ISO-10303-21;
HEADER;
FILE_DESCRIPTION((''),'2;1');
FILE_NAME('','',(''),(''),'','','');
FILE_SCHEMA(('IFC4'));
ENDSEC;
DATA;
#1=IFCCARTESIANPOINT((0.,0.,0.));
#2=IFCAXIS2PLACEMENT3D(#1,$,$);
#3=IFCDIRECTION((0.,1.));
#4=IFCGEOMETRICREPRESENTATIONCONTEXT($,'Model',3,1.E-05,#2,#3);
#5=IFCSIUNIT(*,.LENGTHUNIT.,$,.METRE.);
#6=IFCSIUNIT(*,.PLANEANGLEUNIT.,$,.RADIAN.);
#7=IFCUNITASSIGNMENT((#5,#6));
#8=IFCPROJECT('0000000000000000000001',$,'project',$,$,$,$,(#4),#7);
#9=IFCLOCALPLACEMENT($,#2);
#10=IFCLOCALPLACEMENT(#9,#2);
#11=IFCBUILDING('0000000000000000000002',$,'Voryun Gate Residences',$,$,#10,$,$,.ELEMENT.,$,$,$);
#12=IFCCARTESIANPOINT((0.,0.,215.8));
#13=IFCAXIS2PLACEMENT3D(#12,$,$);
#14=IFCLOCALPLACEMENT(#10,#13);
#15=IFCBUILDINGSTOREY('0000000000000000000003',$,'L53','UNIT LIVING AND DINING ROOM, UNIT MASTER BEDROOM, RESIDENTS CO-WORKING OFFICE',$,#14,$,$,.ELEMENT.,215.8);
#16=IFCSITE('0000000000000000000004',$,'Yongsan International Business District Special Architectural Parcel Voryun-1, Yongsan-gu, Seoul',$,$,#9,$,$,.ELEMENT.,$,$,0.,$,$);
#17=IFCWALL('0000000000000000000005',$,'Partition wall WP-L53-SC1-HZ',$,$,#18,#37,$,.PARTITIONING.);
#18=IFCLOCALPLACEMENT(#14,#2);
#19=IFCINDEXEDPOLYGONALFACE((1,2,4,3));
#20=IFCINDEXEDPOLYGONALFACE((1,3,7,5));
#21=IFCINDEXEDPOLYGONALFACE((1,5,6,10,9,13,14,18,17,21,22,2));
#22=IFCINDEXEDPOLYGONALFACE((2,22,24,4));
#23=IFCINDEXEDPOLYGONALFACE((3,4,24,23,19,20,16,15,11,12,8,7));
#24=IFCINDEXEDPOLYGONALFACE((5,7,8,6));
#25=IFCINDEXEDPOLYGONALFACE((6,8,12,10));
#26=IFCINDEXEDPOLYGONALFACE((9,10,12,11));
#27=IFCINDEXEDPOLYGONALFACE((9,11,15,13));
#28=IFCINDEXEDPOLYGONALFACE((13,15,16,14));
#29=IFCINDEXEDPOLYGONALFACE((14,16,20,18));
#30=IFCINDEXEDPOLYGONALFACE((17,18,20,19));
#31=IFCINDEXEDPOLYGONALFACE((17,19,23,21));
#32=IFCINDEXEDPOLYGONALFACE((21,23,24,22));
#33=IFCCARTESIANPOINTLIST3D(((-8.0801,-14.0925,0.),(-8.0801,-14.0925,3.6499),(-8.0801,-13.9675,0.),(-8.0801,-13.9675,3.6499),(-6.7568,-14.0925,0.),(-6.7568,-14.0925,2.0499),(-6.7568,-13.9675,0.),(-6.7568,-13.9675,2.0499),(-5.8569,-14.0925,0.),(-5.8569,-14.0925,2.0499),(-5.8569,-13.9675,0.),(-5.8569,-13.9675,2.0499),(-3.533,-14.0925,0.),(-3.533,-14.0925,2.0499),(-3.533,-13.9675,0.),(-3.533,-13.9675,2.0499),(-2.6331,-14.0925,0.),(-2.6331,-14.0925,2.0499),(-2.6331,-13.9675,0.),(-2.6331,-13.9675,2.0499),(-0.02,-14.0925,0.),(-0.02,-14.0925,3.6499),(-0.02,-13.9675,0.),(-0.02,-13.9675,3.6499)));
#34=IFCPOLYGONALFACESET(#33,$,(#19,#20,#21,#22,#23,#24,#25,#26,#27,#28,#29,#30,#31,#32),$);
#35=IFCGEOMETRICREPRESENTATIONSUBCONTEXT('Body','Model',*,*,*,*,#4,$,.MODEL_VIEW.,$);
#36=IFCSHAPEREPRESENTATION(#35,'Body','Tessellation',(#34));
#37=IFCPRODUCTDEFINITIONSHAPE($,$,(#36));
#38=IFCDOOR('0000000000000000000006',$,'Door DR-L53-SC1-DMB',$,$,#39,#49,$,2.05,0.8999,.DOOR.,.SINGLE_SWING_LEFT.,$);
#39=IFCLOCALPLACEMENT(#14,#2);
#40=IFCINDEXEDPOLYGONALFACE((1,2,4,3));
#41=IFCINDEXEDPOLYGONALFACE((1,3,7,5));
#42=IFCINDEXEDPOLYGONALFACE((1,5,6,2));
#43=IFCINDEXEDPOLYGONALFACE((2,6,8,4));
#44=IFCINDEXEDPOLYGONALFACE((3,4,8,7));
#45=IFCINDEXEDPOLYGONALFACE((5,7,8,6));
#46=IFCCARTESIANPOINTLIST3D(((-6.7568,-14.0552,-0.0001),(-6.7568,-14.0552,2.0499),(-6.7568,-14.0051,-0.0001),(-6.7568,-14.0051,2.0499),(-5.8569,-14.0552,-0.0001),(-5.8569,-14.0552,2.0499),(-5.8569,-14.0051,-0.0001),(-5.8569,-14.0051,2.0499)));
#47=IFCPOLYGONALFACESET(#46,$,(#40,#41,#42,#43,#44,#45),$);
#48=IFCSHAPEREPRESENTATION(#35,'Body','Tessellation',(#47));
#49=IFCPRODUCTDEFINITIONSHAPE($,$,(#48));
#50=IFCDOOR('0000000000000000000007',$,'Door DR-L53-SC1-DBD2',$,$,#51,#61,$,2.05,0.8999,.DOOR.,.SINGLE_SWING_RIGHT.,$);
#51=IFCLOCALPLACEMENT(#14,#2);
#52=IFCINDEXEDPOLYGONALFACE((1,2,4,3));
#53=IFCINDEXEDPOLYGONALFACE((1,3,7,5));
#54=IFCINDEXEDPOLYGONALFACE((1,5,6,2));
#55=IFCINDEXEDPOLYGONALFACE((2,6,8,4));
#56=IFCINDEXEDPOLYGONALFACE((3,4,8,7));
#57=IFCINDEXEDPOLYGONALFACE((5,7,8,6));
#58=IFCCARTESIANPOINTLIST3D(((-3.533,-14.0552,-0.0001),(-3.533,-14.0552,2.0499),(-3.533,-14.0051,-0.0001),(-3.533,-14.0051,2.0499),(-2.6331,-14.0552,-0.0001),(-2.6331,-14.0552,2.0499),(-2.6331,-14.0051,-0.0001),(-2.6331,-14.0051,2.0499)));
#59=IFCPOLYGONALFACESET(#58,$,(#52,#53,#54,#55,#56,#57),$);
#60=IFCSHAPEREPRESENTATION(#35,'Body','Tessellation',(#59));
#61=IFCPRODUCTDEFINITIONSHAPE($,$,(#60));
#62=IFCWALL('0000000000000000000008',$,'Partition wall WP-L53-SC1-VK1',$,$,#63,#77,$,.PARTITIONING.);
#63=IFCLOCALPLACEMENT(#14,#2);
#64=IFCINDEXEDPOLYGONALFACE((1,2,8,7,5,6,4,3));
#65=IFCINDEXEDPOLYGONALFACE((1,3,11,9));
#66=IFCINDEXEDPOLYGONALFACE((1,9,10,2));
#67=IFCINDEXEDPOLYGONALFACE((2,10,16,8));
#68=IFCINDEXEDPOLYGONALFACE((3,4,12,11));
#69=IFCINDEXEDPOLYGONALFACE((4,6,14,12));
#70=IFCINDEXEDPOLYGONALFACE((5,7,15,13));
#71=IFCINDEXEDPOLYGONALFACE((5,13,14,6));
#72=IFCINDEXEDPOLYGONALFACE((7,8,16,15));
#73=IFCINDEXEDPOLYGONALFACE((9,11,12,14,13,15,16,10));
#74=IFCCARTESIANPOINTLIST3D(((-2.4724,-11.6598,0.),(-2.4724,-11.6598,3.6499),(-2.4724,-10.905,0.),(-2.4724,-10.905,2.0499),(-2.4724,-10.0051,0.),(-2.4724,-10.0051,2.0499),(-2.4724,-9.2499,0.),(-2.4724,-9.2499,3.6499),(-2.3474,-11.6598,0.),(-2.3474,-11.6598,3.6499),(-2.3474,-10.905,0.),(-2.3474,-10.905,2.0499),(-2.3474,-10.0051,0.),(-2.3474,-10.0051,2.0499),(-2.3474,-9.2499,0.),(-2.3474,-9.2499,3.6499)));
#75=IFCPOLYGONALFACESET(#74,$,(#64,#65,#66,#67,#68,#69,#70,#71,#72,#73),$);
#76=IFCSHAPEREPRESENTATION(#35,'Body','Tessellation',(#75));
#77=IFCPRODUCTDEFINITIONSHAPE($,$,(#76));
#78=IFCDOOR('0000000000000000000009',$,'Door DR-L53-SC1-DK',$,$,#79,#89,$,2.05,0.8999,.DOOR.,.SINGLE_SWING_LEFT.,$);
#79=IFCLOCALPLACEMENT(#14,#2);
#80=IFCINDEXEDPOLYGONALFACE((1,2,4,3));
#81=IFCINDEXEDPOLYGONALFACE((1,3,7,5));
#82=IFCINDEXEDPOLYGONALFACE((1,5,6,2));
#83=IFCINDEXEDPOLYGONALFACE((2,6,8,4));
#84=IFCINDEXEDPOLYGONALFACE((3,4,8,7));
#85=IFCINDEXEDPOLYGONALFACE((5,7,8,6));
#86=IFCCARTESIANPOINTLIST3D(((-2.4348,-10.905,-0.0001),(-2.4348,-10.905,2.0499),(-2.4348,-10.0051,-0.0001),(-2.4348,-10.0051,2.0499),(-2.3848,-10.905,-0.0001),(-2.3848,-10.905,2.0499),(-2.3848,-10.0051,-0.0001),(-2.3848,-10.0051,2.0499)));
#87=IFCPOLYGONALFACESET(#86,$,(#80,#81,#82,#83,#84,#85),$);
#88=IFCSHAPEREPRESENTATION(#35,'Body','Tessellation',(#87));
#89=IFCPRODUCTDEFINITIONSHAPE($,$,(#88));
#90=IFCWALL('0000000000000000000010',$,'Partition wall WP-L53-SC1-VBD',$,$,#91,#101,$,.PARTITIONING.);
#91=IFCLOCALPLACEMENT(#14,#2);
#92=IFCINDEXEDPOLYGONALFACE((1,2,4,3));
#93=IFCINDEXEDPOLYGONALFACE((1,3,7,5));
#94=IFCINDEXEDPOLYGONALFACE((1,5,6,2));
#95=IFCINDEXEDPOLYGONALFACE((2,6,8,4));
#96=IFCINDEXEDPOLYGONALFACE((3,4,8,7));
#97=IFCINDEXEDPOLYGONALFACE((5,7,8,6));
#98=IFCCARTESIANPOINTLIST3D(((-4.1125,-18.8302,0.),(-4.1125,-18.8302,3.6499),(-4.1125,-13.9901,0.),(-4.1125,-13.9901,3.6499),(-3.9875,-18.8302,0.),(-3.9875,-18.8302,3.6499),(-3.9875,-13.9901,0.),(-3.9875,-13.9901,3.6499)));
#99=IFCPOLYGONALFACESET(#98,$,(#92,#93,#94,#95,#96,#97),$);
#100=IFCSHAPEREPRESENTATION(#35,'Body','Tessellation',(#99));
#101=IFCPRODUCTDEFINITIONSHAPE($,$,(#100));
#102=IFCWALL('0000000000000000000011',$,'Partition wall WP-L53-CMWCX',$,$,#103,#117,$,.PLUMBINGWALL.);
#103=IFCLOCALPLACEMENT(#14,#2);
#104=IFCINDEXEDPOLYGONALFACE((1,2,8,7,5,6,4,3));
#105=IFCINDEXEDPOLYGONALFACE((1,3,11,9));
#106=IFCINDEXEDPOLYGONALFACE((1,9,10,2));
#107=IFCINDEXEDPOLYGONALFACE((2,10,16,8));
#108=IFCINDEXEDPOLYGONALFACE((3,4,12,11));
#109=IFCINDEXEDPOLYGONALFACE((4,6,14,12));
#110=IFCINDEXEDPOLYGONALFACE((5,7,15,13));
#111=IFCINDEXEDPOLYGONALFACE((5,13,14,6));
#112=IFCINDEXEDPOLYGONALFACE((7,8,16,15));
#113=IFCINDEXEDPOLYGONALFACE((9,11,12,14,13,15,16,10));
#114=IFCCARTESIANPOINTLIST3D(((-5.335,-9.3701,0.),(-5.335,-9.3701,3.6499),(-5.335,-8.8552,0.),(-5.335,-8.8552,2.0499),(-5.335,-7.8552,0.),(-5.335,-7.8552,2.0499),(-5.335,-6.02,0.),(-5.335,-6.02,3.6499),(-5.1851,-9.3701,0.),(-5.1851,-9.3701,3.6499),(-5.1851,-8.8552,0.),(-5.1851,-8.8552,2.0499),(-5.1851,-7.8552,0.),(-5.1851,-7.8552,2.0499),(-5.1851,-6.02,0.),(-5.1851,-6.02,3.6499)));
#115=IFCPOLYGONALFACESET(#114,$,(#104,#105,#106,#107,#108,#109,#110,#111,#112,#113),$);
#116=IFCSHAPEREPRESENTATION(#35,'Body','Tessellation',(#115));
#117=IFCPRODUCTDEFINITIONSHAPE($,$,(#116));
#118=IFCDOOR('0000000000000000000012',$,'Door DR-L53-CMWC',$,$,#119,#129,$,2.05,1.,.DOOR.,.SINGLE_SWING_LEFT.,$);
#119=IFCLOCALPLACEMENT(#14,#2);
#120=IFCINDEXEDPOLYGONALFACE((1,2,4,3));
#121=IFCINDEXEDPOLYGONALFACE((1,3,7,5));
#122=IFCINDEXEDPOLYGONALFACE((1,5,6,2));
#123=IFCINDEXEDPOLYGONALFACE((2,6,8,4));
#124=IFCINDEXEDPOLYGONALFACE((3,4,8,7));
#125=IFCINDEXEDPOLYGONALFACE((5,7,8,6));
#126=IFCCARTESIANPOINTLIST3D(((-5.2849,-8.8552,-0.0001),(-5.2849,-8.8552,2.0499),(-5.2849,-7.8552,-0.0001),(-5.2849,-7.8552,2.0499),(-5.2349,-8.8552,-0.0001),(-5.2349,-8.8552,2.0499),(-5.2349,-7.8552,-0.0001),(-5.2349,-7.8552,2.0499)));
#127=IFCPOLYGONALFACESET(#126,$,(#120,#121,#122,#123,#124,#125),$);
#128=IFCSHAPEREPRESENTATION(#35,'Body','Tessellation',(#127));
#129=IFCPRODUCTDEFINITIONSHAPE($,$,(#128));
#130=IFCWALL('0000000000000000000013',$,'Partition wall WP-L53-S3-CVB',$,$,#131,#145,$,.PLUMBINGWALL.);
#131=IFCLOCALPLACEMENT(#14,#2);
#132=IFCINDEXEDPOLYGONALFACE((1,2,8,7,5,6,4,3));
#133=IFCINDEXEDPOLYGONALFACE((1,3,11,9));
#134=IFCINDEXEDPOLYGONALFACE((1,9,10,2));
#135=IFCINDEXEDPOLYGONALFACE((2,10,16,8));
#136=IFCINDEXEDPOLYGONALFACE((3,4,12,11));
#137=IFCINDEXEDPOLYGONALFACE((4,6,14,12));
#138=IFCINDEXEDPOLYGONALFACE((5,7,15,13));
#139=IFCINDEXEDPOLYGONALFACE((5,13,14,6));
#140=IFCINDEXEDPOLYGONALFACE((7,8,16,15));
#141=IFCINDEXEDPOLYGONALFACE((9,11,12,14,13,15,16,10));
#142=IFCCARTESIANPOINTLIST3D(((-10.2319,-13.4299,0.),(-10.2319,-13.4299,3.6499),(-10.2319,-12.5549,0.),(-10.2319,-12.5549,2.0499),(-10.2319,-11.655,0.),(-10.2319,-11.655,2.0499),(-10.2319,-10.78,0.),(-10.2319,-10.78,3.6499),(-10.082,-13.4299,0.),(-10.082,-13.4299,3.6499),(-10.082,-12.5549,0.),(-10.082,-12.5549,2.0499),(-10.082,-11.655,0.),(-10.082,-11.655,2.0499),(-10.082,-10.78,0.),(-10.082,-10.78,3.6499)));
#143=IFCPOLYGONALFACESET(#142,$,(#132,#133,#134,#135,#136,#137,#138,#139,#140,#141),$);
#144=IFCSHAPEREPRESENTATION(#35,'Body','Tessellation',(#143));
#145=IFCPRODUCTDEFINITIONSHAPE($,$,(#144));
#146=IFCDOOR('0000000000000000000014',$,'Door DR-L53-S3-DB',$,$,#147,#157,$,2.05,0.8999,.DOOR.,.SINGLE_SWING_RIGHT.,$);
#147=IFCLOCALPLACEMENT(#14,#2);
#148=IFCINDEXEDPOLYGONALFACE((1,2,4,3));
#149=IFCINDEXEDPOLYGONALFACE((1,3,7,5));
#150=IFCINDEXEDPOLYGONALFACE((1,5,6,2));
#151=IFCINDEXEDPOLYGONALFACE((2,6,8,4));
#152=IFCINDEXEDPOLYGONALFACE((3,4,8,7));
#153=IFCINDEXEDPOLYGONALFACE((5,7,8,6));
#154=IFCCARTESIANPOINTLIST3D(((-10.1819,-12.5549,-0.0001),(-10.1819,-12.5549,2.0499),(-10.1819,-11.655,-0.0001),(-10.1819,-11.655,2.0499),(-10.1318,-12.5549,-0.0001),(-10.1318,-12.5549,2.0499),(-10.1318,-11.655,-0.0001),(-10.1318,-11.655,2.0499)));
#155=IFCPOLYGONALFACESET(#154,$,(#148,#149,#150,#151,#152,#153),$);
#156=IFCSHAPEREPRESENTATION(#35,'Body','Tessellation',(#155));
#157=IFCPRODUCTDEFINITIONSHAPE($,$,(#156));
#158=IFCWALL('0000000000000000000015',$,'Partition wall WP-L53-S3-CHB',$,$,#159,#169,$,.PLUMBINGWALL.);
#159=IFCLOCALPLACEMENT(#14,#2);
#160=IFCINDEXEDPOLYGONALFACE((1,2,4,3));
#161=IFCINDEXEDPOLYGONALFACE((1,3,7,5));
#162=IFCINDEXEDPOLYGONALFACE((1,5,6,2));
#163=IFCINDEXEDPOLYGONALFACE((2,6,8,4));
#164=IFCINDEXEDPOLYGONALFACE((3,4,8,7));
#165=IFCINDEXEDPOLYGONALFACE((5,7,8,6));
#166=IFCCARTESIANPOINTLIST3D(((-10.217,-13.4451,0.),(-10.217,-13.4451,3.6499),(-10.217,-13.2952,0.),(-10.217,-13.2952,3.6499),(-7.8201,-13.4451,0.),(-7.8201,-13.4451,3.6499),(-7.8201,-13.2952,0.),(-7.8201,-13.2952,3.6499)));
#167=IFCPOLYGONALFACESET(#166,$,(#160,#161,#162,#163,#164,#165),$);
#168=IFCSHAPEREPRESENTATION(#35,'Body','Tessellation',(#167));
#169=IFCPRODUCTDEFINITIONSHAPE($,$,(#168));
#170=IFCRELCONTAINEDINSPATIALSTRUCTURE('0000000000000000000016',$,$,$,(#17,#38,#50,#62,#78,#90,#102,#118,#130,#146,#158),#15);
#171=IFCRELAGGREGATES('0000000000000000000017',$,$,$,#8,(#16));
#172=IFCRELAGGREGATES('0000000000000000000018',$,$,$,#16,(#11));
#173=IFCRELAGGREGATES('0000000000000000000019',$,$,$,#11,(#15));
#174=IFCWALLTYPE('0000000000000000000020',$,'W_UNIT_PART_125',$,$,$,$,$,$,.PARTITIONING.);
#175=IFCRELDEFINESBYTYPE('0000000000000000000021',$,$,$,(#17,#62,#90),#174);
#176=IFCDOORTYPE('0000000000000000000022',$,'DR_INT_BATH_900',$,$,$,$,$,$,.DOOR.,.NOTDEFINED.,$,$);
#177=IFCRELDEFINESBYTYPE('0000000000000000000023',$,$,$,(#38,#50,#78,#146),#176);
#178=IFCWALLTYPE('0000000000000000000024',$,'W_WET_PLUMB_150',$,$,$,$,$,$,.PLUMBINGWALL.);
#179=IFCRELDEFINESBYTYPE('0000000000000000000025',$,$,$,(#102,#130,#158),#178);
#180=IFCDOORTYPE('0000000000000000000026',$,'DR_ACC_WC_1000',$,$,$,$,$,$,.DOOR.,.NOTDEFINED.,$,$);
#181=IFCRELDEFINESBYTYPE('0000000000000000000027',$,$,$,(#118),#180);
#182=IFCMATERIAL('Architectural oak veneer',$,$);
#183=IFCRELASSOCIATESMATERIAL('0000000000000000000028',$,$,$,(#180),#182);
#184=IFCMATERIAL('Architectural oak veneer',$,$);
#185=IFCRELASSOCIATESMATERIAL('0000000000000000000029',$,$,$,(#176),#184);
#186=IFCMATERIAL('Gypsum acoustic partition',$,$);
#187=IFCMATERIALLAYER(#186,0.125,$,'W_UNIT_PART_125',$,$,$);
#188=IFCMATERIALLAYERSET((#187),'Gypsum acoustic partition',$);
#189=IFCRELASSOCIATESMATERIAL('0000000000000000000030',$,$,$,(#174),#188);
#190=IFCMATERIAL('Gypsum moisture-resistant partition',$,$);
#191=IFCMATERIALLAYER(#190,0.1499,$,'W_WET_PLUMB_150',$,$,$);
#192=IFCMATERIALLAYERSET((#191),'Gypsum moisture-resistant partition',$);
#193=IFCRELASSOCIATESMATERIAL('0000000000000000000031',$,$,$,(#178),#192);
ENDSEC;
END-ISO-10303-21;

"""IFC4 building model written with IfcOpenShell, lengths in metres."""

from ifc_helpers import new_model, si_unit, direction, frame, frame_2d, origin, place, context, subcontext, project, spatial, rectangle, extrude, material, layer, layer_set, type_object, element, fill, save


model = new_model("IFC4")

# Units and contexts
model_context = context("Model", 3, precision=1e-05, world=origin(), true_north=direction((0.0, 1.0)))
body_context = subcontext(model_context, "Body", "Model", "MODEL_VIEW")
ifc_project = project(units=[si_unit("LENGTHUNIT", "METRE"), si_unit("PLANEANGLEUNIT", "RADIAN")], contexts=[model_context])

# Site, building, storey
site_placement = place(None, origin())
site = spatial("IfcSite", under=ifc_project, at=site_placement, Name="Yongsan International Business District Special Architectural Parcel Voryun-1, Yongsan-gu, Seoul", CompositionType="ELEMENT", RefElevation=0.0)
building_placement = place(site_placement, origin())
building = spatial("IfcBuilding", under=site, at=building_placement, Name="Voryun Gate Residences", CompositionType="ELEMENT")
storey_placement = place(building_placement, frame((0.0, 0.0, 215.8)))
storey = spatial("IfcBuildingStorey", under=building, at=storey_placement, Name="L53", Description="UNIT LIVING AND DINING ROOM, UNIT MASTER BEDROOM, RESIDENTS CO-WORKING OFFICE", CompositionType="ELEMENT", Elevation=215.8)

# Shared definitions
ifc_material_1 = material(Name="Architectural oak veneer")
door_type_1 = type_object("IfcDoorType", Name="DR_ACC_WC_1000", OperationType="NOTDEFINED", PredefinedType="DOOR", material=ifc_material_1)

# Shared definitions
ifc_material_2 = material(Name="Architectural oak veneer")
door_type_2 = type_object("IfcDoorType", Name="DR_INT_BATH_900", OperationType="NOTDEFINED", PredefinedType="DOOR", material=ifc_material_2)

# Shared definitions
ifc_material_3 = material(Name="Gypsum acoustic partition")
ifc_layer_1 = layer(ifc_material_3, 0.125, Name="W_UNIT_PART_125")
ifc_layer_set_1 = layer_set([ifc_layer_1], Name="Gypsum acoustic partition")
wall_type_1 = type_object("IfcWallType", Name="W_UNIT_PART_125", PredefinedType="PARTITIONING", material=ifc_layer_set_1)

# Wall, openings, doors
wall_1_placement = place(storey_placement, frame((-8.0801, -14.03, 0.0), z_axis=(0.0, 0.0, 1.0), x_axis=(1.0, 0.0, 0.0)))
wall_1 = element("IfcWall", 1, at=wall_1_placement, inside=storey, type_object=wall_type_1, Name="Partition wall WP-L53-SC1-HZ", PredefinedType="PARTITIONING", context=body_context, shape_type="SweptSolid", body=[
    extrude(rectangle(XDim=8.0601, YDim=0.125, at=frame_2d((4.03, 0.0))), origin(), (0.0, 0.0, 1.0), 3.6499),
])
opening_1_placement = place(wall_1_placement, frame((1.3232, 0.0, 0.0)))
opening_1 = element("IfcOpeningElement", 2, at=opening_1_placement, cuts=wall_1, PredefinedType="OPENING", context=body_context, shape_type="SweptSolid", body=[
    extrude(rectangle(XDim=0.8999, YDim=2.05, at=frame_2d((0.45, 1.0249))), frame((0.0, 0.0725, 0.0), z_axis=(0.0, -1.0, 0.0), x_axis=(1.0, 0.0, 0.0)), (0.0, 0.0, 1.0), 0.145),
])
opening_2_placement = place(wall_1_placement, frame((4.5471, 0.0, 0.0)))
opening_2 = element("IfcOpeningElement", 3, at=opening_2_placement, cuts=wall_1, PredefinedType="OPENING", context=body_context, shape_type="SweptSolid", body=[
    extrude(rectangle(XDim=0.8999, YDim=2.05, at=frame_2d((0.45, 1.0249))), frame((0.0, 0.0725, 0.0), z_axis=(0.0, -1.0, 0.0), x_axis=(1.0, 0.0, 0.0)), (0.0, 0.0, 1.0), 0.145),
])
door_1_placement = place(opening_1_placement, origin())
door_1 = element("IfcDoor", 4, at=door_1_placement, inside=storey, type_object=door_type_2, Name="Door DR-L53-SC1-DMB", OperationType="SINGLE_SWING_LEFT", OverallHeight=2.05, OverallWidth=0.8999, PredefinedType="DOOR", context=body_context, shape_type="SweptSolid", body=[
    extrude(rectangle(XDim=0.8999, YDim=2.05, at=frame_2d((0.45, 1.0249))), frame((0.0, 0.0249, 0.0), z_axis=(0.0, -1.0, 0.0), x_axis=(1.0, 0.0, 0.0)), (0.0, 0.0, 1.0), 0.05),
])
fill(opening_1, door_1)
door_2_placement = place(opening_2_placement, origin())
door_2 = element("IfcDoor", 5, at=door_2_placement, inside=storey, type_object=door_type_2, Name="Door DR-L53-SC1-DBD2", OperationType="SINGLE_SWING_RIGHT", OverallHeight=2.05, OverallWidth=0.8999, PredefinedType="DOOR", context=body_context, shape_type="SweptSolid", body=[
    extrude(rectangle(XDim=0.8999, YDim=2.05, at=frame_2d((0.45, 1.0249))), frame((0.0, 0.0249, 0.0), z_axis=(0.0, -1.0, 0.0), x_axis=(1.0, 0.0, 0.0)), (0.0, 0.0, 1.0), 0.05),
])
fill(opening_2, door_2)

# Wall, opening, door
wall_2_placement = place(storey_placement, frame((-2.4099, -11.6599, 0.0), z_axis=(0.0, 0.0, 1.0), x_axis=(0.0, 1.0, 0.0)))
wall_2 = element("IfcWall", 6, at=wall_2_placement, inside=storey, type_object=wall_type_1, Name="Partition wall WP-L53-SC1-VK1", PredefinedType="PARTITIONING", context=body_context, shape_type="SweptSolid", body=[
    extrude(rectangle(XDim=2.4099, YDim=0.125, at=frame_2d((1.2051, 0.0))), origin(), (0.0, 0.0, 1.0), 3.6499),
])
opening_3_placement = place(wall_2_placement, frame((0.7549, 0.0, 0.0)))
opening_3 = element("IfcOpeningElement", 7, at=opening_3_placement, cuts=wall_2, PredefinedType="OPENING", context=body_context, shape_type="SweptSolid", body=[
    extrude(rectangle(XDim=0.8999, YDim=2.05, at=frame_2d((0.45, 1.0249))), frame((0.0, 0.0725, 0.0), z_axis=(0.0, -1.0, 0.0), x_axis=(1.0, 0.0, 0.0)), (0.0, 0.0, 1.0), 0.145),
])
door_3_placement = place(opening_3_placement, origin())
door_3 = element("IfcDoor", 8, at=door_3_placement, inside=storey, type_object=door_type_2, Name="Door DR-L53-SC1-DK", OperationType="SINGLE_SWING_LEFT", OverallHeight=2.05, OverallWidth=0.8999, PredefinedType="DOOR", context=body_context, shape_type="SweptSolid", body=[
    extrude(rectangle(XDim=0.8999, YDim=2.05, at=frame_2d((0.45, 1.0249))), frame((0.0, 0.0249, 0.0), z_axis=(0.0, -1.0, 0.0), x_axis=(1.0, 0.0, 0.0)), (0.0, 0.0, 1.0), 0.05),
])
fill(opening_3, door_3)

# Wall
wall_3_placement = place(storey_placement, frame((-4.05, -18.8301, 0.0), z_axis=(0.0, 0.0, 1.0), x_axis=(0.0, 1.0, 0.0)))
element("IfcWall", 9, at=wall_3_placement, inside=storey, type_object=wall_type_1, Name="Partition wall WP-L53-SC1-VBD", PredefinedType="PARTITIONING", context=body_context, shape_type="SweptSolid", body=[
    extrude(rectangle(XDim=4.8401, YDim=0.125, at=frame_2d((2.4199, 0.0))), origin(), (0.0, 0.0, 1.0), 3.6499),
])

# Walls, openings, doors
ifc_material_4 = material(Name="Gypsum moisture-resistant partition")
ifc_layer_2 = layer(ifc_material_4, 0.1499, Name="W_WET_PLUMB_150")
ifc_layer_set_2 = layer_set([ifc_layer_2], Name="Gypsum moisture-resistant partition")
wall_type_2 = type_object("IfcWallType", Name="W_WET_PLUMB_150", PredefinedType="PLUMBINGWALL", material=ifc_layer_set_2)
wall_4_placement = place(storey_placement, frame((-5.26, -9.3701, 0.0), z_axis=(0.0, 0.0, 1.0), x_axis=(0.0, 1.0, 0.0)))
wall_4 = element("IfcWall", 10, at=wall_4_placement, inside=storey, type_object=wall_type_2, Name="Partition wall WP-L53-CMWCX", PredefinedType="PLUMBINGWALL", context=body_context, shape_type="SweptSolid", body=[
    extrude(rectangle(XDim=3.3501, YDim=0.1499, at=frame_2d((1.675, 0.0))), origin(), (0.0, 0.0, 1.0), 3.6499),
])
opening_4_placement = place(wall_4_placement, frame((0.5149, 0.0, 0.0)))
opening_4 = element("IfcOpeningElement", 11, at=opening_4_placement, cuts=wall_4, PredefinedType="OPENING", context=body_context, shape_type="SweptSolid", body=[
    extrude(rectangle(XDim=1.0, YDim=2.05, at=frame_2d((0.5, 1.0249))), frame((0.0, 0.085, 0.0), z_axis=(0.0, -1.0, 0.0), x_axis=(1.0, 0.0, 0.0)), (0.0, 0.0, 1.0), 0.1699),
])
door_4_placement = place(opening_4_placement, origin())
door_4 = element("IfcDoor", 12, at=door_4_placement, inside=storey, type_object=door_type_1, Name="Door DR-L53-CMWC", OperationType="SINGLE_SWING_LEFT", OverallHeight=2.05, OverallWidth=1.0, PredefinedType="DOOR", context=body_context, shape_type="SweptSolid", body=[
    extrude(rectangle(XDim=1.0, YDim=2.05, at=frame_2d((0.5, 1.0249))), frame((0.0, 0.0249, 0.0), z_axis=(0.0, -1.0, 0.0), x_axis=(1.0, 0.0, 0.0)), (0.0, 0.0, 1.0), 0.05),
])
fill(opening_4, door_4)
wall_5_placement = place(storey_placement, frame((-10.157, -13.4299, 0.0), z_axis=(0.0, 0.0, 1.0), x_axis=(0.0, 1.0, 0.0)))
wall_5 = element("IfcWall", 13, at=wall_5_placement, inside=storey, type_object=wall_type_2, Name="Partition wall WP-L53-S3-CVB", PredefinedType="PLUMBINGWALL", context=body_context, shape_type="SweptSolid", body=[
    extrude(rectangle(XDim=2.6499, YDim=0.1499, at=frame_2d((1.325, 0.0))), origin(), (0.0, 0.0, 1.0), 3.6499),
])
opening_5_placement = place(wall_5_placement, frame((0.875, 0.0, 0.0)))
opening_5 = element("IfcOpeningElement", 14, at=opening_5_placement, cuts=wall_5, PredefinedType="OPENING", context=body_context, shape_type="SweptSolid", body=[
    extrude(rectangle(XDim=0.8999, YDim=2.05, at=frame_2d((0.45, 1.0249))), frame((0.0, 0.085, 0.0), z_axis=(0.0, -1.0, 0.0), x_axis=(1.0, 0.0, 0.0)), (0.0, 0.0, 1.0), 0.1699),
])
door_5_placement = place(opening_5_placement, origin())
door_5 = element("IfcDoor", 15, at=door_5_placement, inside=storey, type_object=door_type_2, Name="Door DR-L53-S3-DB", OperationType="SINGLE_SWING_RIGHT", OverallHeight=2.05, OverallWidth=0.8999, PredefinedType="DOOR", context=body_context, shape_type="SweptSolid", body=[
    extrude(rectangle(XDim=0.8999, YDim=2.05, at=frame_2d((0.45, 1.0249))), frame((0.0, 0.0249, 0.0), z_axis=(0.0, -1.0, 0.0), x_axis=(1.0, 0.0, 0.0)), (0.0, 0.0, 1.0), 0.05),
])
fill(opening_5, door_5)

# Wall
wall_6_placement = place(storey_placement, frame((-10.217, -13.3701, 0.0), z_axis=(0.0, 0.0, 1.0), x_axis=(1.0, 0.0, 0.0)))
element("IfcWall", 16, at=wall_6_placement, inside=storey, type_object=wall_type_2, Name="Partition wall WP-L53-S3-CHB", PredefinedType="PLUMBINGWALL", context=body_context, shape_type="SweptSolid", body=[
    extrude(rectangle(XDim=2.397, YDim=0.1499, at=frame_2d((1.1985, 0.0))), origin(), (0.0, 0.0, 1.0), 3.6499),
])

save(model, "model.ifc")
